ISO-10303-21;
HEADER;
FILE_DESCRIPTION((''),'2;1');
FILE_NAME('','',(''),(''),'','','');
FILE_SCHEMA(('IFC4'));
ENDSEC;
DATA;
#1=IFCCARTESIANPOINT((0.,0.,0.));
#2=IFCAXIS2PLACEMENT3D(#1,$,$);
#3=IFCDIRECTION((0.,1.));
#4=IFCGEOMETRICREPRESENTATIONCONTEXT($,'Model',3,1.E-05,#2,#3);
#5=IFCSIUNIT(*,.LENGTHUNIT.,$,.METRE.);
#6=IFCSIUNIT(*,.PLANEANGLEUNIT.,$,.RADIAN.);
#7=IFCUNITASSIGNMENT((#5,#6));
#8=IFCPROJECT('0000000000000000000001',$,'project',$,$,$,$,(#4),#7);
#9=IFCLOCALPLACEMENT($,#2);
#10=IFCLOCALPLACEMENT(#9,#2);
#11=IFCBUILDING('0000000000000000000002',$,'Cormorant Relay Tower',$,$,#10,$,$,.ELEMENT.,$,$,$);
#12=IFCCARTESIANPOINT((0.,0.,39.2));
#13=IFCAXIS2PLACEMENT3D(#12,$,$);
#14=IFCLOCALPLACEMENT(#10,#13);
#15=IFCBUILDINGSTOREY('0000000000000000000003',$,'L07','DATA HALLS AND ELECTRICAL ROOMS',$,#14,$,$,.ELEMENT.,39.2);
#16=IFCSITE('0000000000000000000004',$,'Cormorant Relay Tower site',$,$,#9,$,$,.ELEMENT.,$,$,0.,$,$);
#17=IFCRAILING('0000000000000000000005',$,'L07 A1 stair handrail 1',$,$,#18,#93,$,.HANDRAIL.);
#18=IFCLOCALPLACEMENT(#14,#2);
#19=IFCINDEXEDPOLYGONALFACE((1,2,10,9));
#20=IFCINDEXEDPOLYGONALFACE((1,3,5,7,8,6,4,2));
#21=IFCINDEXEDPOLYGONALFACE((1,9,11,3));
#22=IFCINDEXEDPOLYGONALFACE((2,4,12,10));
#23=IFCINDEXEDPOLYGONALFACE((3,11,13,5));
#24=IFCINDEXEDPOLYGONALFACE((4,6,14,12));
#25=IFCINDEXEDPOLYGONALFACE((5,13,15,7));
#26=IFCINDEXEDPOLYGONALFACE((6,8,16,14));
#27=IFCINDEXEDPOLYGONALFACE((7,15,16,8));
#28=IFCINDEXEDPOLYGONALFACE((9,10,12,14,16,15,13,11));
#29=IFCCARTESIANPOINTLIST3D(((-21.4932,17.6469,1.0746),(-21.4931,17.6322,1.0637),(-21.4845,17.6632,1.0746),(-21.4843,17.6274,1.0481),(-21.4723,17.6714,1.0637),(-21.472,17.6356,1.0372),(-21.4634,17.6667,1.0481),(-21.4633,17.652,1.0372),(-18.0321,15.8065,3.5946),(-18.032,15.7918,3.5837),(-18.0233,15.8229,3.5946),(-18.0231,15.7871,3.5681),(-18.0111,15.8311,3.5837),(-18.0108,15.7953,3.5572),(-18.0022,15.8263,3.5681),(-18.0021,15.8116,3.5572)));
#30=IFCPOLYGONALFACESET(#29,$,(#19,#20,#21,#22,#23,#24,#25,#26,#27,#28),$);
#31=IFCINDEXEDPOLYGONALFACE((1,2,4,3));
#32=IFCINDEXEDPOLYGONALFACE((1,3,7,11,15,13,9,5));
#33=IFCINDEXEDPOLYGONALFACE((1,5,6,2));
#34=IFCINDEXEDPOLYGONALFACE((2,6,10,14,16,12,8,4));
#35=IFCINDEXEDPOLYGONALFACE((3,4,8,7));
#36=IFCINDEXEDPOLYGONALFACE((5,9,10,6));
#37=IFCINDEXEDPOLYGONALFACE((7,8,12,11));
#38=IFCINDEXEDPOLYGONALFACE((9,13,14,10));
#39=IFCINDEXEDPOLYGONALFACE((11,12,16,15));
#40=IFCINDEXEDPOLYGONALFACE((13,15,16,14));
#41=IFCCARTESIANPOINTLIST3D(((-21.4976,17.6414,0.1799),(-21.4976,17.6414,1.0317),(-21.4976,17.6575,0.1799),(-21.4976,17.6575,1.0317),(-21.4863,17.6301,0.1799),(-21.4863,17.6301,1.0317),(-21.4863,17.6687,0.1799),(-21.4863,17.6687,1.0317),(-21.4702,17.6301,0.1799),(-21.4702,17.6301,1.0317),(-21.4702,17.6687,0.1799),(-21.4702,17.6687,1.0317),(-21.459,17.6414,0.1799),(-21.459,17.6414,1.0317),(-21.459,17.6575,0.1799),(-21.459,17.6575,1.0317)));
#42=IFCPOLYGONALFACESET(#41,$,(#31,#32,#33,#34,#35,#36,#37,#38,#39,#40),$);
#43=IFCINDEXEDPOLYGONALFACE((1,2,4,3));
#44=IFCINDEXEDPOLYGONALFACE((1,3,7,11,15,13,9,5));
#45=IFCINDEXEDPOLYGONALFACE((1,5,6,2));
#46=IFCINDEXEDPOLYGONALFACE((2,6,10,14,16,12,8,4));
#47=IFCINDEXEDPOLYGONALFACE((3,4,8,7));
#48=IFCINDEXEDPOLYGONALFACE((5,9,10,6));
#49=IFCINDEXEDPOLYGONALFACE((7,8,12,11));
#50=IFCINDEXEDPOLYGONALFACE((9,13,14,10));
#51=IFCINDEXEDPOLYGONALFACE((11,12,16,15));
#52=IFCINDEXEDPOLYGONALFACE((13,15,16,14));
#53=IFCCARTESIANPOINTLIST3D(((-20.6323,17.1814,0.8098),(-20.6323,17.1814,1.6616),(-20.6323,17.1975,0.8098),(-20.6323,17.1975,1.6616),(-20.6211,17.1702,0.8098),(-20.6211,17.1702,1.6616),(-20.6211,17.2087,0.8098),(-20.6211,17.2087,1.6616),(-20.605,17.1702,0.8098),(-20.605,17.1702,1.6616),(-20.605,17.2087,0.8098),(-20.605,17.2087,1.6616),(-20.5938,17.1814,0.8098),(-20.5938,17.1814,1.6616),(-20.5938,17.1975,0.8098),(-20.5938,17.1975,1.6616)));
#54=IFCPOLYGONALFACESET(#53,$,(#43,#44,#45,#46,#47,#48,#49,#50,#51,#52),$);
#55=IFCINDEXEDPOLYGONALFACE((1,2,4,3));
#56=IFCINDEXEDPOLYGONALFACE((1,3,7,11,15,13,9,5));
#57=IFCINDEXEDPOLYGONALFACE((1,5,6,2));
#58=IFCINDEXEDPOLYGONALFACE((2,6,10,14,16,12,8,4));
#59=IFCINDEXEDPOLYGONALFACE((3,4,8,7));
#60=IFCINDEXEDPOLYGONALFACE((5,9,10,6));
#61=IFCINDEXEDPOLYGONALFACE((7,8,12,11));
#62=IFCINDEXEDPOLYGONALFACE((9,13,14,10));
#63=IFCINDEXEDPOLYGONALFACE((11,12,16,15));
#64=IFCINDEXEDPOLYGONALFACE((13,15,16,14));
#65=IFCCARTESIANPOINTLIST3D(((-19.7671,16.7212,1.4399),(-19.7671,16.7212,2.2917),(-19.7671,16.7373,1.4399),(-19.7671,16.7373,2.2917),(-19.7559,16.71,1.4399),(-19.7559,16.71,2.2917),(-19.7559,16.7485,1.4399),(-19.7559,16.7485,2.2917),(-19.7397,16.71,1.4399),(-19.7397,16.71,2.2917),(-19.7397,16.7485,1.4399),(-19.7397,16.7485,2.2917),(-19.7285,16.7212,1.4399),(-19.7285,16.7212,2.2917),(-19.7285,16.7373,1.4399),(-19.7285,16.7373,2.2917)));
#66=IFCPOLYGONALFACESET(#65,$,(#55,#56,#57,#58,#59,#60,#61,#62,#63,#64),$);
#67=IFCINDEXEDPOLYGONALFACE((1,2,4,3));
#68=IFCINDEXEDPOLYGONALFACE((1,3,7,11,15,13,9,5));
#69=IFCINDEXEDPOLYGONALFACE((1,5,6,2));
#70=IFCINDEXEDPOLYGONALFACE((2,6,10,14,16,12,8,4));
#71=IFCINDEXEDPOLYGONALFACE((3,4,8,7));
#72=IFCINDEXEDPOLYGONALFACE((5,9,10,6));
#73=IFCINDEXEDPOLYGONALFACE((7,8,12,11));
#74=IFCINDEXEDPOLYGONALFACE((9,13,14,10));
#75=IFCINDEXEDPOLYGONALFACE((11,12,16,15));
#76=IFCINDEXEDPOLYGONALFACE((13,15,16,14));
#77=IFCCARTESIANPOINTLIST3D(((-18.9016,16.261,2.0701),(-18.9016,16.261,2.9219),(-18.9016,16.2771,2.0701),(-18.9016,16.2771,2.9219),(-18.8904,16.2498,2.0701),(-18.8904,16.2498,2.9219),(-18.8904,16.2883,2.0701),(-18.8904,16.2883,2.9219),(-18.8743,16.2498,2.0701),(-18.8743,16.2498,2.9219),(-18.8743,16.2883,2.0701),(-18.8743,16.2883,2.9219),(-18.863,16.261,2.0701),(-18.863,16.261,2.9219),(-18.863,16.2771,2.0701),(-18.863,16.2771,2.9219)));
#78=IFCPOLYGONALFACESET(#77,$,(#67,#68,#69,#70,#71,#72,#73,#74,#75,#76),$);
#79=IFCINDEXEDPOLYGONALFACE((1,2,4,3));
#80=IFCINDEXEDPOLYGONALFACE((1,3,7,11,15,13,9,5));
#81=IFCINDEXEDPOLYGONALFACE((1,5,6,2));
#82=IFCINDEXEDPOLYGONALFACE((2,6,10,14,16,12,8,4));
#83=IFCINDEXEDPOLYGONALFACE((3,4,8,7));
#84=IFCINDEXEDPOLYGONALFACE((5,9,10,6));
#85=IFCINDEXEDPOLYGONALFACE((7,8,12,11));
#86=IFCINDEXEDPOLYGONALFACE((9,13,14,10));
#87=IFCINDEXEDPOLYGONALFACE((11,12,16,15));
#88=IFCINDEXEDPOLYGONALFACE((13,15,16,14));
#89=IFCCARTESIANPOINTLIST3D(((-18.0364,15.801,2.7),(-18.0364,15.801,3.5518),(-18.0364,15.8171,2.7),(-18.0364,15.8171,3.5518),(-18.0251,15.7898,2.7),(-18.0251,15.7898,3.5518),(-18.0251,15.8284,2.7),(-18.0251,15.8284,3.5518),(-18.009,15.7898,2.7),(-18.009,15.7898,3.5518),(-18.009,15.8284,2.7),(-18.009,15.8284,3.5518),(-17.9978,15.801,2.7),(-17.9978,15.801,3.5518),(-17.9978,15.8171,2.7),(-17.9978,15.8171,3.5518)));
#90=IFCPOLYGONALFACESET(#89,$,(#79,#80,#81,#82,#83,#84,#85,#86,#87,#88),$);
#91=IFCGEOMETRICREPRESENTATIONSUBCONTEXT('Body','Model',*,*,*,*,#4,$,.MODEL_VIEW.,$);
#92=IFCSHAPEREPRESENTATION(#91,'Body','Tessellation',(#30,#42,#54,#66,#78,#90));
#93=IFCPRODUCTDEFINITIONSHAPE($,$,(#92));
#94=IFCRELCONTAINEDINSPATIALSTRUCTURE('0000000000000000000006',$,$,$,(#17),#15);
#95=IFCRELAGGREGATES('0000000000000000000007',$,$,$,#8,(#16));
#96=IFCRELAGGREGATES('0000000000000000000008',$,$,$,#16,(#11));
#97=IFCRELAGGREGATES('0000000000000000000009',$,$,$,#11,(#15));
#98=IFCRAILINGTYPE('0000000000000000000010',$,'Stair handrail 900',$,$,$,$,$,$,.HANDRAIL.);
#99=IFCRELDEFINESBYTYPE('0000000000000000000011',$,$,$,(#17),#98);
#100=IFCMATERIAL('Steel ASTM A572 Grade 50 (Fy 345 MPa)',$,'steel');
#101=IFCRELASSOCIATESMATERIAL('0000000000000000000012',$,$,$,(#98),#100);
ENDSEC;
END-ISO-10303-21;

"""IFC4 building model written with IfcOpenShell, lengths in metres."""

from ifc_helpers import new_model, si_unit, direction, frame, origin, place, context, subcontext, project, spatial, polyline, outline, extrude, material, type_object, element, save


model = new_model("IFC4")

# Units and contexts
model_context = context("Model", 3, precision=1e-05, world=origin(), true_north=direction((0.0, 1.0)))
body_context = subcontext(model_context, "Body", "Model", "MODEL_VIEW")
ifc_project = project(units=[si_unit("LENGTHUNIT", "METRE"), si_unit("PLANEANGLEUNIT", "RADIAN")], contexts=[model_context])

# Site, building, storey
site_placement = place(None, origin())
site = spatial("IfcSite", under=ifc_project, at=site_placement, Name="Cormorant Relay Tower site", CompositionType="ELEMENT", RefElevation=0.0)
building_placement = place(site_placement, origin())
building = spatial("IfcBuilding", under=site, at=building_placement, Name="Cormorant Relay Tower", CompositionType="ELEMENT")
storey_placement = place(building_placement, frame((0.0, 0.0, 39.2)))
storey = spatial("IfcBuildingStorey", under=building, at=storey_placement, Name="L07", Description="DATA HALLS AND ELECTRICAL ROOMS", CompositionType="ELEMENT", Elevation=39.2)

# Railing
ifc_material_1 = material(Name="Steel ASTM A572 Grade 50 (Fy 345 MPa)", Category="steel")
railing_type_1 = type_object("IfcRailingType", Name="Stair handrail 900", PredefinedType="HANDRAIL", material=ifc_material_1)
railing_1_placement = place(storey_placement, frame((-21.4783, 17.6494, 0.1799)))
element("IfcRailing", 1, at=railing_1_placement, inside=storey, type_object=railing_type_1, Name="L07 A1 stair handrail 1", PredefinedType="HANDRAIL", context=body_context, shape_type="SweptSolid", body=[
    extrude(outline(polyline([(0.0222, 0.0093), (0.0093, 0.0222), (-0.0093, 0.0222), (-0.0222, 0.0093), (-0.0222, -0.0093), (-0.0093, -0.0222), (0.0093, -0.0222), (0.0222, -0.0093), (0.0222, 0.0093)])), frame((0.0, 0.0, 0.876), z_axis=(0.742717, -0.394907, 0.540758), x_axis=(0.469469, 0.882949, 0.0)), (0.0, 0.0, 1.0), 4.6602),
    extrude(outline(polyline([(0.0193, 0.0081), (0.0081, 0.0193), (-0.0081, 0.0193), (-0.0193, 0.0081), (-0.0193, -0.0081), (-0.0081, -0.0193), (0.0081, -0.0193), (0.0193, -0.0081), (0.0193, 0.0081)])), origin(), (0.0, 0.0, 1.0), 0.8518),
    extrude(outline(polyline([(0.0193, 0.0081), (0.0081, 0.0193), (-0.0081, 0.0193), (-0.0193, 0.0081), (-0.0193, -0.0081), (-0.0081, -0.0193), (0.0081, -0.0193), (0.0193, -0.0081), (0.0193, 0.0081)])), frame((0.8652, -0.46, 0.6299)), (0.0, 0.0, 1.0), 0.8518),
    extrude(outline(polyline([(0.0193, 0.0081), (0.0081, 0.0193), (-0.0081, 0.0193), (-0.0193, 0.0081), (-0.0193, -0.0081), (-0.0081, -0.0193), (0.0081, -0.0193), (0.0193, -0.0081), (0.0193, 0.0081)])), frame((1.7305, -0.9202, 1.26)), (0.0, 0.0, 1.0), 0.8518),
    extrude(outline(polyline([(0.0193, 0.0081), (0.0081, 0.0193), (-0.0081, 0.0193), (-0.0193, 0.0081), (-0.0193, -0.0081), (-0.0081, -0.0193), (0.0081, -0.0193), (0.0193, -0.0081), (0.0193, 0.0081)])), frame((2.5959, -1.3804, 1.8901)), (0.0, 0.0, 1.0), 0.8518),
    extrude(outline(polyline([(0.0193, 0.0081), (0.0081, 0.0193), (-0.0081, 0.0193), (-0.0193, 0.0081), (-0.0193, -0.0081), (-0.0081, -0.0193), (0.0081, -0.0193), (0.0193, -0.0081), (0.0193, 0.0081)])), frame((3.4612, -1.8403, 2.52)), (0.0, 0.0, 1.0), 0.8518),
])

save(model, "model.ifc")
